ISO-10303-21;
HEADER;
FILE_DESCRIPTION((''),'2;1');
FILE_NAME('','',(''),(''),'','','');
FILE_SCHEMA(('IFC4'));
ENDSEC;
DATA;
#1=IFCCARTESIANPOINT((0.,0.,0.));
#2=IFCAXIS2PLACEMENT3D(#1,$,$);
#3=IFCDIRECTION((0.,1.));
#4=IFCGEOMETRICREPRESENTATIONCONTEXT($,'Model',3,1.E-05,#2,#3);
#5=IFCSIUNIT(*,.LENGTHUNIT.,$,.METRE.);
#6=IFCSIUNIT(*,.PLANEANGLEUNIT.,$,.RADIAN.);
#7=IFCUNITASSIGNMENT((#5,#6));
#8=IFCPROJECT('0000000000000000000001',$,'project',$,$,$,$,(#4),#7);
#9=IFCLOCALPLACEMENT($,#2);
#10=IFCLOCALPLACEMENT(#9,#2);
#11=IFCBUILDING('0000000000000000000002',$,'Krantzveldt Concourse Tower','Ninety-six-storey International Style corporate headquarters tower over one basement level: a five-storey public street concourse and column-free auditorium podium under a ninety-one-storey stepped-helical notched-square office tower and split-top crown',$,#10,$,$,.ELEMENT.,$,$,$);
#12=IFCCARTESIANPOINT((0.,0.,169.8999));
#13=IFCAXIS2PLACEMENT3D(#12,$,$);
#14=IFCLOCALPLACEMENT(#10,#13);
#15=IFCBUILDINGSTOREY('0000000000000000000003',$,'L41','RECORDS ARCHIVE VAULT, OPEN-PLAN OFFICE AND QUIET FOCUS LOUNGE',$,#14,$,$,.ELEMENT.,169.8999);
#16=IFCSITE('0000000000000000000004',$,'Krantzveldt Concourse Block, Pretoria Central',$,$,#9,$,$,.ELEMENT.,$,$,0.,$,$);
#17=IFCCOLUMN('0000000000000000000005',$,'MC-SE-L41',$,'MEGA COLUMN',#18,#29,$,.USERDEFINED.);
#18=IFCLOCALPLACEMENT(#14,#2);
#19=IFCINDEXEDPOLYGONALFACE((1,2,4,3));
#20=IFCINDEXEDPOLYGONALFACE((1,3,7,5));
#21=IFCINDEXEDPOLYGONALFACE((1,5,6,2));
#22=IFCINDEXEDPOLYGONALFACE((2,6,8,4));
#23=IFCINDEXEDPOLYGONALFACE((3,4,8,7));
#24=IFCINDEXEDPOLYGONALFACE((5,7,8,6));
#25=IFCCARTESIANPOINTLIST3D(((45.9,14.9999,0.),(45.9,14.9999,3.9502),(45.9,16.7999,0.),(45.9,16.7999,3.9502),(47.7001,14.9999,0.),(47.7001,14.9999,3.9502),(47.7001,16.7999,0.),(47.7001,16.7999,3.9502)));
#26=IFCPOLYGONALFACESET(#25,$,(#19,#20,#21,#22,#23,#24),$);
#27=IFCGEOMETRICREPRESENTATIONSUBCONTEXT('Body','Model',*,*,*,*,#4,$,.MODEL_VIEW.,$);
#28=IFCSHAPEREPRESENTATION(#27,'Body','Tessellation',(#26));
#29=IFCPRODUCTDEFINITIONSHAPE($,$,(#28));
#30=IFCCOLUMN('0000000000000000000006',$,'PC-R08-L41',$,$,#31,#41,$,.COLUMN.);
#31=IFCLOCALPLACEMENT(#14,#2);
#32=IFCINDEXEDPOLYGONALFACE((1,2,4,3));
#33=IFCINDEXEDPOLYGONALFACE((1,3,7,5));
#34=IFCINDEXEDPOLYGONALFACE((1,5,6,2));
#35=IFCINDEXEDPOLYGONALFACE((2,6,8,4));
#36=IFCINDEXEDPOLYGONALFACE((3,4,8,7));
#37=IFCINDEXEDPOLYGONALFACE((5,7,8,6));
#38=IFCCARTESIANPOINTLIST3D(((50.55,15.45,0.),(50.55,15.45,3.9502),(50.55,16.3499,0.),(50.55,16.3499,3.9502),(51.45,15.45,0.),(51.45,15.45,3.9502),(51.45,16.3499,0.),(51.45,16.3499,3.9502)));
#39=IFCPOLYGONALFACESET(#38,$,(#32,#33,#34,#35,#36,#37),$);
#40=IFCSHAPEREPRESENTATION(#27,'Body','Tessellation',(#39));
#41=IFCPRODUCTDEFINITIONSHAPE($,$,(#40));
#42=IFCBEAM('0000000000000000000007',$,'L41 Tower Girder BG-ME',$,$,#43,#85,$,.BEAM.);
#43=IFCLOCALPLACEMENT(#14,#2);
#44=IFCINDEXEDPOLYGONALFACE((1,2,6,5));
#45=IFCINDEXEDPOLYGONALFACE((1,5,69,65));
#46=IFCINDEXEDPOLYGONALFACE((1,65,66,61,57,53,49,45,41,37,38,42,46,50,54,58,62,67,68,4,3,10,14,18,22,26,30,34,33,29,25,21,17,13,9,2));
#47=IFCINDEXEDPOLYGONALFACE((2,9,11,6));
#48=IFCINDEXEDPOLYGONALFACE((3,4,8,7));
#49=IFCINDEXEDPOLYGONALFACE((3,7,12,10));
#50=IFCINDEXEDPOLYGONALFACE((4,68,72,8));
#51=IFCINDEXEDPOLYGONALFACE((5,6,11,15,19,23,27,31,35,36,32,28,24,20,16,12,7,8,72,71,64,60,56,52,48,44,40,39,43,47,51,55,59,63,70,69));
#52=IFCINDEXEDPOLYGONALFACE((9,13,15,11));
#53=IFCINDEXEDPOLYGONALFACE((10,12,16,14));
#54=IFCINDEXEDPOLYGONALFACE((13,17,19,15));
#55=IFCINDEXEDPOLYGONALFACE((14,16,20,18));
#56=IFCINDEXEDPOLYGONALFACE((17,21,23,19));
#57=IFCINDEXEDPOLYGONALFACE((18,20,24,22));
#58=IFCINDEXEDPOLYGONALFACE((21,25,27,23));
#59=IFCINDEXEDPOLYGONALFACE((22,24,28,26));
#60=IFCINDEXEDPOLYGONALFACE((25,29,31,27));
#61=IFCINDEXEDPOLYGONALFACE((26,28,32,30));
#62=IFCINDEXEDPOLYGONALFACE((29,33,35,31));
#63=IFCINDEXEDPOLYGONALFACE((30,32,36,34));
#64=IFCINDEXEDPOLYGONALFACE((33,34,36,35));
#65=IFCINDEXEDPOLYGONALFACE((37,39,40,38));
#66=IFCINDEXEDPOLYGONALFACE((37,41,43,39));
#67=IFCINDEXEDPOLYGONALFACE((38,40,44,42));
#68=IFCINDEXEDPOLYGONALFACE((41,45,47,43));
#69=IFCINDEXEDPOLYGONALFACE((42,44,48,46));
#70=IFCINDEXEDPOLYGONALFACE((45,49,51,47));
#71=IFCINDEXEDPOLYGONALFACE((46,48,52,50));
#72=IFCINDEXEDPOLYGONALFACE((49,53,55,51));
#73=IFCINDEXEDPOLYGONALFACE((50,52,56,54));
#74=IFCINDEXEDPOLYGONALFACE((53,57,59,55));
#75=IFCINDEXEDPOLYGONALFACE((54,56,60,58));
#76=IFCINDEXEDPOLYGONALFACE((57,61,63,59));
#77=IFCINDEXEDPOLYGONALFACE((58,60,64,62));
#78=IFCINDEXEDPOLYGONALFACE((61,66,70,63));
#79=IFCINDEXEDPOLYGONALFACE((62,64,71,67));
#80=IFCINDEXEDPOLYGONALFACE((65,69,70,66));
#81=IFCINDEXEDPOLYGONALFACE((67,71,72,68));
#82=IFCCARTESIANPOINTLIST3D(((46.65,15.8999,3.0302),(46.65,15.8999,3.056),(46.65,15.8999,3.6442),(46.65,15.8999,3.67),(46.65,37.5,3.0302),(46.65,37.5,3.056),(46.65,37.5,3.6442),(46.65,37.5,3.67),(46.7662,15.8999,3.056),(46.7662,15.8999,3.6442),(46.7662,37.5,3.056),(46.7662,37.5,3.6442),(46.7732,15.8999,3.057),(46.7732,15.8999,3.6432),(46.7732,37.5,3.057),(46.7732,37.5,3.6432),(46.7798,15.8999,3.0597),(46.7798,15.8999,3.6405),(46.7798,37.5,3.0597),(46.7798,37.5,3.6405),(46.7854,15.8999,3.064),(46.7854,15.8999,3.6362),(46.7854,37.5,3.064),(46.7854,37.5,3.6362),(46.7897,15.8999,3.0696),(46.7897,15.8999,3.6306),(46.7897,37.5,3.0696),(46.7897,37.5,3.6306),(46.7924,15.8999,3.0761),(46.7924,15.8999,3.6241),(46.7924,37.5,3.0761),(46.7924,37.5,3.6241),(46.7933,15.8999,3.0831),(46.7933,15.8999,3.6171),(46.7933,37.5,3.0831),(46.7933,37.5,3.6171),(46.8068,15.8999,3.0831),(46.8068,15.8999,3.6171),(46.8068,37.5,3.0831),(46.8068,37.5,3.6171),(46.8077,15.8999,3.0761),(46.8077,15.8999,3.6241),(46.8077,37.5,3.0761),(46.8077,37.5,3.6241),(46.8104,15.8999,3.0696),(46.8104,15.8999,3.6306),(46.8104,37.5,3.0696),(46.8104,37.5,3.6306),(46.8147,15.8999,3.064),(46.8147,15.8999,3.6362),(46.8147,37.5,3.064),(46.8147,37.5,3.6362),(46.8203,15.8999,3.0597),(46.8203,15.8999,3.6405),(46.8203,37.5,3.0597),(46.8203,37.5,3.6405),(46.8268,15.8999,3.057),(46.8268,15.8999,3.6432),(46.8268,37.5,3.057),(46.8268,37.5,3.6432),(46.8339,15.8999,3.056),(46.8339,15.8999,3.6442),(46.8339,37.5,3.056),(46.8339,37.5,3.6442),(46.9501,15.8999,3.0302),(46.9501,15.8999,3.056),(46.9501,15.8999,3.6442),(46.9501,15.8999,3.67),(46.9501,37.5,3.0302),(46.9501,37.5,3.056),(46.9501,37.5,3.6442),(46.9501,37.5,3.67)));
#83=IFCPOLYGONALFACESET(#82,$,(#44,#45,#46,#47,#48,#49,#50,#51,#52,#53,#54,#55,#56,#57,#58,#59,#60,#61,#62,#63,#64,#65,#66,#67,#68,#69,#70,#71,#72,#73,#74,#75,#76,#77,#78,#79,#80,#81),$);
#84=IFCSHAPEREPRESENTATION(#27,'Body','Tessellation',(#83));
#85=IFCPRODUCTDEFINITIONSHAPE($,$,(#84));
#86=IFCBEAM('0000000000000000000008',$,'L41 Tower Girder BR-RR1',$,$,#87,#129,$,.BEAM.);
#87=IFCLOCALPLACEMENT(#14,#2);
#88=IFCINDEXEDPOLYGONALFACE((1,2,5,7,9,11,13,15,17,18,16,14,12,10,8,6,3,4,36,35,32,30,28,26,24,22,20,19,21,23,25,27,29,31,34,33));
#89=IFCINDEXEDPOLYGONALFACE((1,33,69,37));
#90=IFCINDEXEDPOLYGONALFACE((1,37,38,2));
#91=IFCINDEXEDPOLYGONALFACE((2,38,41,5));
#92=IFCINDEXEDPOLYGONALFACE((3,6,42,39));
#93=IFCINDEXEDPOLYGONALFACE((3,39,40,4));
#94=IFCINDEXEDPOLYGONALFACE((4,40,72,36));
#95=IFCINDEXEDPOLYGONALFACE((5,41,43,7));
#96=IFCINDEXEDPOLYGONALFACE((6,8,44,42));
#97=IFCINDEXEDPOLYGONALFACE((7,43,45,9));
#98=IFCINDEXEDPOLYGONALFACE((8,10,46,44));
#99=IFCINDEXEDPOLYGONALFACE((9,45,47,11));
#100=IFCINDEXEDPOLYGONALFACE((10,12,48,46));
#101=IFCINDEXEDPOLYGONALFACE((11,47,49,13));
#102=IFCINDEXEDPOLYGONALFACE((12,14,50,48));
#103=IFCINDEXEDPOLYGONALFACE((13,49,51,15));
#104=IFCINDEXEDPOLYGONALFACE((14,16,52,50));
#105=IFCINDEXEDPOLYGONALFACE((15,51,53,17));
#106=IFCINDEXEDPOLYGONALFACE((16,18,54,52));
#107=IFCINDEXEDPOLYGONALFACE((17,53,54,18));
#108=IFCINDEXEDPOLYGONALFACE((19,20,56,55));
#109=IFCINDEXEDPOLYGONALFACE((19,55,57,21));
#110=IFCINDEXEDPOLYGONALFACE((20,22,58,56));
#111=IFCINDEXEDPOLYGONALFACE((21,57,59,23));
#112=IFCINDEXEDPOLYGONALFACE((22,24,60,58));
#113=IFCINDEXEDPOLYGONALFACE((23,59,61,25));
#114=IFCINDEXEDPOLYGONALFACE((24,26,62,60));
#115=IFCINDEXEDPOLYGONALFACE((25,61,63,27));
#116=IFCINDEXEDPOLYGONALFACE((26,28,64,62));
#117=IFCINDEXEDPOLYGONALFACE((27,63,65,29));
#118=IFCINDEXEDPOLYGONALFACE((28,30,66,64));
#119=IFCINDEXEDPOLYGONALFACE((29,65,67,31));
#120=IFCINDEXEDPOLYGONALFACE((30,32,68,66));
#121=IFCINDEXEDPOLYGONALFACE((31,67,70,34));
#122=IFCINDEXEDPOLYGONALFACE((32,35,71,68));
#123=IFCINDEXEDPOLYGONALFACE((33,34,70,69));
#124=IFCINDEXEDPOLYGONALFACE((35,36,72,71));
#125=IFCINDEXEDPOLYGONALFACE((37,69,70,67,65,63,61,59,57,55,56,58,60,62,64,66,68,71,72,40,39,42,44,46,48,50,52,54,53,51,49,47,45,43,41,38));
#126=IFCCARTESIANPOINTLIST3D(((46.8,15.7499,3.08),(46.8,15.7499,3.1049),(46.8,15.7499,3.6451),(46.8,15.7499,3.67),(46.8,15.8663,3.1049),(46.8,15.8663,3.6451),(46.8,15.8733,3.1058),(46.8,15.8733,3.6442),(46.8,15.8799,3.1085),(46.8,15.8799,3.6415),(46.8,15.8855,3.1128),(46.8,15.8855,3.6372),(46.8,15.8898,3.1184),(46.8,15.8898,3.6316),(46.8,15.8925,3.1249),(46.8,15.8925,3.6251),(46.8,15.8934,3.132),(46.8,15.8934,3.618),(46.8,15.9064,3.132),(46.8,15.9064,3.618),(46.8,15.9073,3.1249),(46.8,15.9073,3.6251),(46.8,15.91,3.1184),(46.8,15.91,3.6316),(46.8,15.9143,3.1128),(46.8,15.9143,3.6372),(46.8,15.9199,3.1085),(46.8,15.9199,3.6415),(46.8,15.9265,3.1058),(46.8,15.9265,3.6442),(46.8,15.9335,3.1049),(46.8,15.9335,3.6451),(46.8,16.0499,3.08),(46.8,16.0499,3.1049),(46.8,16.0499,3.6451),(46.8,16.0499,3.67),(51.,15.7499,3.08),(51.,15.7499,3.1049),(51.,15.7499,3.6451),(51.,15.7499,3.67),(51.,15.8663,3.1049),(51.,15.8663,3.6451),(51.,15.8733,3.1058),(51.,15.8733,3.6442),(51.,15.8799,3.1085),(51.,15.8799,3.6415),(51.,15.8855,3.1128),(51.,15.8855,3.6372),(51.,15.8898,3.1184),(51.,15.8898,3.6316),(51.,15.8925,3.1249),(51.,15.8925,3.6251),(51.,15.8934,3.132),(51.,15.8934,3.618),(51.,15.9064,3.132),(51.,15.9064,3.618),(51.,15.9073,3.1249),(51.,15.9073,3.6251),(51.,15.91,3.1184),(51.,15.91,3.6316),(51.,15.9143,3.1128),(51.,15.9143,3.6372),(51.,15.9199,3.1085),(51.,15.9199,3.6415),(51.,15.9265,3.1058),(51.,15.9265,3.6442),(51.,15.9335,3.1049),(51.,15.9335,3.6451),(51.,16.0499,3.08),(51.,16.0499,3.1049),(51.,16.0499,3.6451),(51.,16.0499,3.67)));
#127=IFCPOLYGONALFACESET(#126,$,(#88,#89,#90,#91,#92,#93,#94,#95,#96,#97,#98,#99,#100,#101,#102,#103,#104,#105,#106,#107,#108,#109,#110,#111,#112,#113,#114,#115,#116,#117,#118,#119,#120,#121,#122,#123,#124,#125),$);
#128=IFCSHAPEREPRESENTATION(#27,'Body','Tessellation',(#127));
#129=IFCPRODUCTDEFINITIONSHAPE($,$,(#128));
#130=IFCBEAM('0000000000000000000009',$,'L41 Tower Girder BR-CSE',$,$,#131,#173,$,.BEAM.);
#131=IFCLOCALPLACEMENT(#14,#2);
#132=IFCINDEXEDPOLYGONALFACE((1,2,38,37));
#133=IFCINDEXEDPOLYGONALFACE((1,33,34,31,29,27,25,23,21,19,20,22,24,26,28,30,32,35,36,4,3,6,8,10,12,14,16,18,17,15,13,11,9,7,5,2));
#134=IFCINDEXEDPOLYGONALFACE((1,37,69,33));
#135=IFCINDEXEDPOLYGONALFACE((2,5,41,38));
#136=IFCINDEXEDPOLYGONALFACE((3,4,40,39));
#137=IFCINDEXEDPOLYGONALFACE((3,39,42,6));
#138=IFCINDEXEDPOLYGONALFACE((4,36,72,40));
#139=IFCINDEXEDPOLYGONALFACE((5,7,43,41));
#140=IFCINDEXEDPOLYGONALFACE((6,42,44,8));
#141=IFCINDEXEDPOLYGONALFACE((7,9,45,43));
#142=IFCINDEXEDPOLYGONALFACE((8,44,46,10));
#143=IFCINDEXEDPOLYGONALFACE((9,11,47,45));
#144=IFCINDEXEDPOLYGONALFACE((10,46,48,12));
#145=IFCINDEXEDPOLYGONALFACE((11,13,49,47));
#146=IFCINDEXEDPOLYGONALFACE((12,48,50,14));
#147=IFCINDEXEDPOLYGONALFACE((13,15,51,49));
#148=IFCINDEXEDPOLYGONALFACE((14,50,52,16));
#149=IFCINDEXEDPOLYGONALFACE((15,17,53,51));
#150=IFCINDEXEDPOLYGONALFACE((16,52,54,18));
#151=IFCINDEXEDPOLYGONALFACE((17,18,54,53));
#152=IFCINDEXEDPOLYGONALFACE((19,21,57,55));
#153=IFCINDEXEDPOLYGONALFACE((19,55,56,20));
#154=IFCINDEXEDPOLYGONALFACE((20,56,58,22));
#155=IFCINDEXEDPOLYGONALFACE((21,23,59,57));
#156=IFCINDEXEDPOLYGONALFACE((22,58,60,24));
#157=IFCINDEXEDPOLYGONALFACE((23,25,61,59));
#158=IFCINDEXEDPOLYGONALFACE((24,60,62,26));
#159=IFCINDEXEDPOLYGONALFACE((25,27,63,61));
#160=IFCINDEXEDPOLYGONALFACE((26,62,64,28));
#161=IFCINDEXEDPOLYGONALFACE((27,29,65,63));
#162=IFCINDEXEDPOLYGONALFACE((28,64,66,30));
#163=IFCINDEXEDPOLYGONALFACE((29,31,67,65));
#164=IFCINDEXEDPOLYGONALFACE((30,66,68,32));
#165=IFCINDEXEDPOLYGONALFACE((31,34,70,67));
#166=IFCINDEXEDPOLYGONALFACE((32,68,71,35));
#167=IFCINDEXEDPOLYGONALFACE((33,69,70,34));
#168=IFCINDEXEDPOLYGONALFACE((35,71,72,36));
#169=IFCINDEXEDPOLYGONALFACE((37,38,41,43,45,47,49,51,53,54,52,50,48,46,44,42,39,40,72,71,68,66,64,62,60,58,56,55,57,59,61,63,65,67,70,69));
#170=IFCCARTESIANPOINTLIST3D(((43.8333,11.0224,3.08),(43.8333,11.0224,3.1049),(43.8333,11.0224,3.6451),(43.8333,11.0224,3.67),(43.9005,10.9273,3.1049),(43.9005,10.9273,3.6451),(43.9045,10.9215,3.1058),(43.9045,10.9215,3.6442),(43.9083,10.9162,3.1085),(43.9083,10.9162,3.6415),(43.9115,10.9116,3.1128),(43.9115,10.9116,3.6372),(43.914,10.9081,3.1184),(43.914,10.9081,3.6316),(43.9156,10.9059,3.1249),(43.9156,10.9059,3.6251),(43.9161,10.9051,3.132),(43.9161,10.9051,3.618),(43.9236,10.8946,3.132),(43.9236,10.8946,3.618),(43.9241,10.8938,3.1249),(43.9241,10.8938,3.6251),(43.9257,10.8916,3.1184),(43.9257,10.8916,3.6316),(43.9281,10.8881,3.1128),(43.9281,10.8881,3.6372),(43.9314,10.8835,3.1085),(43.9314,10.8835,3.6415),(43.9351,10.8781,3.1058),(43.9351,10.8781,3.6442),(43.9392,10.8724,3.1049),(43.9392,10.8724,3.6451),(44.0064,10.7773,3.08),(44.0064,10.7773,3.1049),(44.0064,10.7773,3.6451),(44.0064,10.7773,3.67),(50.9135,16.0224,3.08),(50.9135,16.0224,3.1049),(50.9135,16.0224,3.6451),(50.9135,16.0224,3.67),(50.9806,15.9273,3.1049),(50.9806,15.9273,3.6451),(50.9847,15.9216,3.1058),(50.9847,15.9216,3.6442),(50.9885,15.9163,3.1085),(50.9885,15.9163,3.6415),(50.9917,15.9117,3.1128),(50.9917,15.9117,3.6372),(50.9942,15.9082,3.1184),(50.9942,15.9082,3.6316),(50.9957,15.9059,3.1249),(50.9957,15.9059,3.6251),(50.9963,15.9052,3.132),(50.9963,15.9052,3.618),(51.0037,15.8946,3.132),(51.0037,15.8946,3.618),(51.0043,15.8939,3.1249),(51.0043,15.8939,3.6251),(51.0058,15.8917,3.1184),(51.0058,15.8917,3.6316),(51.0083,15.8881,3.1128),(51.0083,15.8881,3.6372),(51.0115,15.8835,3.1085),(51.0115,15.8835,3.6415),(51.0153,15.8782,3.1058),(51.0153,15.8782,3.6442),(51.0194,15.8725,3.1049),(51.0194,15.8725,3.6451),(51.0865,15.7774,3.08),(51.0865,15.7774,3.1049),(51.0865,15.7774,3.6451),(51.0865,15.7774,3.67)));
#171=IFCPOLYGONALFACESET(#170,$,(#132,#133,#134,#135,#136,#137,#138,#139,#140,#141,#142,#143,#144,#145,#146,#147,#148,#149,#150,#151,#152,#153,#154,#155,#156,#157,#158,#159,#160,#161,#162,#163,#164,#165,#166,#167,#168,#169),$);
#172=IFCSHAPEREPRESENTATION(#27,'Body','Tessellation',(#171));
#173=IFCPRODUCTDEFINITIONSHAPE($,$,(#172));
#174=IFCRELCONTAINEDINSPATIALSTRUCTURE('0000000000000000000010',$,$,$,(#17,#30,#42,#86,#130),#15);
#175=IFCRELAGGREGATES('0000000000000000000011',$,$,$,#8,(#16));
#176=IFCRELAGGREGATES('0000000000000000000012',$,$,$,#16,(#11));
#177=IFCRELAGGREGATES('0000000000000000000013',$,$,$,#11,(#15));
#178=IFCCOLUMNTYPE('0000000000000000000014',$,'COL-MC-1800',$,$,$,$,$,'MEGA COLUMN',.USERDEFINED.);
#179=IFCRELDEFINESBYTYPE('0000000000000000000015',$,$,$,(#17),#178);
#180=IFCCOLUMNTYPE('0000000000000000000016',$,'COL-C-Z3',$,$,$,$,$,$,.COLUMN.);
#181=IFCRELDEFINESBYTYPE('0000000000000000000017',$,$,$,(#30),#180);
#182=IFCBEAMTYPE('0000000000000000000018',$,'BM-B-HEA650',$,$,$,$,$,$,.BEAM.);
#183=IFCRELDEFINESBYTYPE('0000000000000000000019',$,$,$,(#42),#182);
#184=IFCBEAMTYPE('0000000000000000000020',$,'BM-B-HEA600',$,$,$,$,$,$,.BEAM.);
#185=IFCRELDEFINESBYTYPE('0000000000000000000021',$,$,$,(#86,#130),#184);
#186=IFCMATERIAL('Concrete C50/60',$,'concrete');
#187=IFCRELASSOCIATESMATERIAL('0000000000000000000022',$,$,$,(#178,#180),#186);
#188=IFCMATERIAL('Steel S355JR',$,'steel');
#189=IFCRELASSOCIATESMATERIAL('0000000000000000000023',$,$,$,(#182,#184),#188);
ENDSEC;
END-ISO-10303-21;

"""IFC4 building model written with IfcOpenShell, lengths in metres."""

from ifc_helpers import new_model, si_unit, direction, frame, origin, origin_2d, place, context, subcontext, project, spatial, rectangle, i_section, extrude, source, transform, mapped, material, material_profile, profile_set, type_object, type_shapes, element, save


model = new_model("IFC4")

# Units and contexts
model_context = context("Model", 3, precision=1e-05, world=origin(), true_north=direction((0.0, 1.0)))
body_context = subcontext(model_context, "Body", "Model", "MODEL_VIEW")
ifc_project = project(units=[si_unit("LENGTHUNIT", "METRE"), si_unit("PLANEANGLEUNIT", "RADIAN")], contexts=[model_context])

# Site, building, storey
site_placement = place(None, origin())
site = spatial("IfcSite", under=ifc_project, at=site_placement, Name="Krantzveldt Concourse Block, Pretoria Central", CompositionType="ELEMENT", RefElevation=0.0)
building_placement = place(site_placement, origin())
building = spatial("IfcBuilding", under=site, at=building_placement, Name="Krantzveldt Concourse Tower", Description="Ninety-six-storey International Style corporate headquarters tower over one basement level: a five-storey public street concourse and column-free auditorium podium under a ninety-one-storey stepped-helical notched-square office tower and split-top crown", CompositionType="ELEMENT")
storey_placement = place(building_placement, frame((0.0, 0.0, 169.8999)))
storey = spatial("IfcBuildingStorey", under=building, at=storey_placement, Name="L41", Description="RECORDS ARCHIVE VAULT, OPEN-PLAN OFFICE AND QUIET FOCUS LOUNGE", CompositionType="ELEMENT", Elevation=169.8999)

# Columns
ifc_material_1 = material(Name="Concrete C50/60", Category="concrete")
ifc_material_profile_1 = material_profile(ifc_material_1, rectangle(XDim=1.8, YDim=1.8, at=origin_2d()), Name="Concrete C50/60", Category="concrete")
ifc_profile_set_1 = profile_set([ifc_material_profile_1], Name="Concrete C50/60 - RC 1800x1800")
column_type_1 = type_object("IfcColumnType", Name="COL-MC-1800", ElementType="MEGA COLUMN", PredefinedType="USERDEFINED", material=ifc_profile_set_1)
shared_shape_1 = source(origin(), body_context, "Body", "SweptSolid", [
    extrude(rectangle(XDim=1.8, YDim=1.8, at=origin_2d()), origin(), (0.0, 0.0, 1.0), 3.9502),
])
type_shapes(column_type_1, [shared_shape_1])
column_1_placement = place(storey_placement, frame((46.8, 15.8999, 0.0), z_axis=(0.0, 0.0, 1.0), x_axis=(1.0, 0.0, 0.0)))
element("IfcColumn", 1, at=column_1_placement, inside=storey, type_object=column_type_1, Name="MC-SE-L41", ObjectType="MEGA COLUMN", PredefinedType="USERDEFINED", context=body_context, shape_type="MappedRepresentation", body=[
    mapped(shared_shape_1, transform((0.0, 0.0, 0.0), x_axis=(1.0, 0.0, 0.0), y_axis=(0.0, 1.0, 0.0), z_axis=(0.0, 0.0, 1.0), scale=1.0)),
])
ifc_material_profile_2 = material_profile(ifc_material_1, rectangle(XDim=0.8999, YDim=0.8999, at=origin_2d()), Name="Concrete C50/60", Category="concrete")
ifc_profile_set_2 = profile_set([ifc_material_profile_2], Name="Concrete C50/60 - RC 900x900")
column_type_2 = type_object("IfcColumnType", Name="COL-C-Z3", PredefinedType="COLUMN", material=ifc_profile_set_2)
shared_shape_2 = source(origin(), body_context, "Body", "SweptSolid", [
    extrude(rectangle(XDim=0.8999, YDim=0.8999, at=origin_2d()), origin(), (0.0, 0.0, 1.0), 3.9502),
])
type_shapes(column_type_2, [shared_shape_2])
column_2_placement = place(storey_placement, frame((51.0, 15.8999, 0.0), z_axis=(0.0, 0.0, 1.0), x_axis=(1.0, 0.0, 0.0)))
element("IfcColumn", 2, at=column_2_placement, inside=storey, type_object=column_type_2, Name="PC-R08-L41", PredefinedType="COLUMN", context=body_context, shape_type="MappedRepresentation", body=[
    mapped(shared_shape_2, transform((0.0, 0.0, 0.0), x_axis=(1.0, 0.0, 0.0), y_axis=(0.0, 1.0, 0.0), z_axis=(0.0, 0.0, 1.0), scale=1.0)),
])

# Beams
ifc_material_2 = material(Name="Steel S355JR", Category="steel")
ifc_material_profile_3 = material_profile(ifc_material_2, i_section(OverallWidth=0.3, OverallDepth=0.6399, WebThickness=0.0134, FlangeThickness=0.0259, FilletRadius=0.0271, at=origin_2d()), Name="Steel S355JR", Category="steel")
ifc_profile_set_3 = profile_set([ifc_material_profile_3], Name="Steel S355JR - HEA 650")
beam_type_1 = type_object("IfcBeamType", Name="BM-B-HEA650", PredefinedType="BEAM", material=ifc_profile_set_3)
shared_shape_3 = source(origin(), body_context, "Body", "SweptSolid", [
    extrude(i_section(OverallWidth=0.3, OverallDepth=0.6399, WebThickness=0.0134, FlangeThickness=0.0259, FilletRadius=0.0271, at=origin_2d()), origin(), (0.0, 0.0, 1.0), 21.6001),
])
beam_1_placement = place(storey_placement, frame((46.8, 15.8999, 3.3501), z_axis=(0.0, 1.0, 0.0), x_axis=(-1.0, 0.0, 0.0)))
element("IfcBeam", 3, at=beam_1_placement, inside=storey, type_object=beam_type_1, Name="L41 Tower Girder BG-ME", PredefinedType="BEAM", context=body_context, shape_type="MappedRepresentation", body=[
    mapped(shared_shape_3, transform((0.0, 0.0, 0.0), x_axis=(1.0, 0.0, 0.0), y_axis=(0.0, 1.0, 0.0), z_axis=(0.0, 0.0, 1.0), scale=1.0)),
])
ifc_material_profile_4 = material_profile(ifc_material_2, i_section(OverallWidth=0.3, OverallDepth=0.5901, WebThickness=0.0129, FlangeThickness=0.0249, FilletRadius=0.0271, at=origin_2d()), Name="Steel S355JR", Category="steel")
ifc_profile_set_4 = profile_set([ifc_material_profile_4], Name="Steel S355JR - HEA 600")
beam_type_2 = type_object("IfcBeamType", Name="BM-B-HEA600", PredefinedType="BEAM", material=ifc_profile_set_4)
shared_shape_4 = source(origin(), body_context, "Body", "SweptSolid", [
    extrude(i_section(OverallWidth=0.3, OverallDepth=0.5901, WebThickness=0.0129, FlangeThickness=0.0249, FilletRadius=0.0271, at=origin_2d()), origin(), (0.0, 0.0, 1.0), 4.2),
])
beam_2_placement = place(storey_placement, frame((46.8, 15.8999, 3.375), z_axis=(1.0, 0.0, 0.0), x_axis=(0.0, 1.0, 0.0)))
element("IfcBeam", 4, at=beam_2_placement, inside=storey, type_object=beam_type_2, Name="L41 Tower Girder BR-RR1", PredefinedType="BEAM", context=body_context, shape_type="MappedRepresentation", body=[
    mapped(shared_shape_4, transform((0.0, 0.0, 0.0), x_axis=(1.0, 0.0, 0.0), y_axis=(0.0, 1.0, 0.0), z_axis=(0.0, 0.0, 1.0), scale=1.0)),
])
shared_shape_5 = source(origin(), body_context, "Body", "SweptSolid", [
    extrude(i_section(OverallWidth=0.3, OverallDepth=0.5901, WebThickness=0.0129, FlangeThickness=0.0249, FilletRadius=0.0271, at=origin_2d()), origin(), (0.0, 0.0, 1.0), 8.6677),
])
type_shapes(beam_type_2, [shared_shape_4, shared_shape_5])
beam_3_placement = place(storey_placement, frame((51.0, 15.8999, 3.375), z_axis=(-0.816843, -0.57686, 0.0), x_axis=(0.57686, -0.816843, 0.0)))
element("IfcBeam", 5, at=beam_3_placement, inside=storey, type_object=beam_type_2, Name="L41 Tower Girder BR-CSE", PredefinedType="BEAM", context=body_context, shape_type="MappedRepresentation", body=[
    mapped(shared_shape_5, transform((0.0, 0.0, 0.0), x_axis=(1.0, 0.0, 0.0), y_axis=(0.0, 1.0, 0.0), z_axis=(0.0, 0.0, 1.0), scale=1.0)),
])

save(model, "model.ifc")
